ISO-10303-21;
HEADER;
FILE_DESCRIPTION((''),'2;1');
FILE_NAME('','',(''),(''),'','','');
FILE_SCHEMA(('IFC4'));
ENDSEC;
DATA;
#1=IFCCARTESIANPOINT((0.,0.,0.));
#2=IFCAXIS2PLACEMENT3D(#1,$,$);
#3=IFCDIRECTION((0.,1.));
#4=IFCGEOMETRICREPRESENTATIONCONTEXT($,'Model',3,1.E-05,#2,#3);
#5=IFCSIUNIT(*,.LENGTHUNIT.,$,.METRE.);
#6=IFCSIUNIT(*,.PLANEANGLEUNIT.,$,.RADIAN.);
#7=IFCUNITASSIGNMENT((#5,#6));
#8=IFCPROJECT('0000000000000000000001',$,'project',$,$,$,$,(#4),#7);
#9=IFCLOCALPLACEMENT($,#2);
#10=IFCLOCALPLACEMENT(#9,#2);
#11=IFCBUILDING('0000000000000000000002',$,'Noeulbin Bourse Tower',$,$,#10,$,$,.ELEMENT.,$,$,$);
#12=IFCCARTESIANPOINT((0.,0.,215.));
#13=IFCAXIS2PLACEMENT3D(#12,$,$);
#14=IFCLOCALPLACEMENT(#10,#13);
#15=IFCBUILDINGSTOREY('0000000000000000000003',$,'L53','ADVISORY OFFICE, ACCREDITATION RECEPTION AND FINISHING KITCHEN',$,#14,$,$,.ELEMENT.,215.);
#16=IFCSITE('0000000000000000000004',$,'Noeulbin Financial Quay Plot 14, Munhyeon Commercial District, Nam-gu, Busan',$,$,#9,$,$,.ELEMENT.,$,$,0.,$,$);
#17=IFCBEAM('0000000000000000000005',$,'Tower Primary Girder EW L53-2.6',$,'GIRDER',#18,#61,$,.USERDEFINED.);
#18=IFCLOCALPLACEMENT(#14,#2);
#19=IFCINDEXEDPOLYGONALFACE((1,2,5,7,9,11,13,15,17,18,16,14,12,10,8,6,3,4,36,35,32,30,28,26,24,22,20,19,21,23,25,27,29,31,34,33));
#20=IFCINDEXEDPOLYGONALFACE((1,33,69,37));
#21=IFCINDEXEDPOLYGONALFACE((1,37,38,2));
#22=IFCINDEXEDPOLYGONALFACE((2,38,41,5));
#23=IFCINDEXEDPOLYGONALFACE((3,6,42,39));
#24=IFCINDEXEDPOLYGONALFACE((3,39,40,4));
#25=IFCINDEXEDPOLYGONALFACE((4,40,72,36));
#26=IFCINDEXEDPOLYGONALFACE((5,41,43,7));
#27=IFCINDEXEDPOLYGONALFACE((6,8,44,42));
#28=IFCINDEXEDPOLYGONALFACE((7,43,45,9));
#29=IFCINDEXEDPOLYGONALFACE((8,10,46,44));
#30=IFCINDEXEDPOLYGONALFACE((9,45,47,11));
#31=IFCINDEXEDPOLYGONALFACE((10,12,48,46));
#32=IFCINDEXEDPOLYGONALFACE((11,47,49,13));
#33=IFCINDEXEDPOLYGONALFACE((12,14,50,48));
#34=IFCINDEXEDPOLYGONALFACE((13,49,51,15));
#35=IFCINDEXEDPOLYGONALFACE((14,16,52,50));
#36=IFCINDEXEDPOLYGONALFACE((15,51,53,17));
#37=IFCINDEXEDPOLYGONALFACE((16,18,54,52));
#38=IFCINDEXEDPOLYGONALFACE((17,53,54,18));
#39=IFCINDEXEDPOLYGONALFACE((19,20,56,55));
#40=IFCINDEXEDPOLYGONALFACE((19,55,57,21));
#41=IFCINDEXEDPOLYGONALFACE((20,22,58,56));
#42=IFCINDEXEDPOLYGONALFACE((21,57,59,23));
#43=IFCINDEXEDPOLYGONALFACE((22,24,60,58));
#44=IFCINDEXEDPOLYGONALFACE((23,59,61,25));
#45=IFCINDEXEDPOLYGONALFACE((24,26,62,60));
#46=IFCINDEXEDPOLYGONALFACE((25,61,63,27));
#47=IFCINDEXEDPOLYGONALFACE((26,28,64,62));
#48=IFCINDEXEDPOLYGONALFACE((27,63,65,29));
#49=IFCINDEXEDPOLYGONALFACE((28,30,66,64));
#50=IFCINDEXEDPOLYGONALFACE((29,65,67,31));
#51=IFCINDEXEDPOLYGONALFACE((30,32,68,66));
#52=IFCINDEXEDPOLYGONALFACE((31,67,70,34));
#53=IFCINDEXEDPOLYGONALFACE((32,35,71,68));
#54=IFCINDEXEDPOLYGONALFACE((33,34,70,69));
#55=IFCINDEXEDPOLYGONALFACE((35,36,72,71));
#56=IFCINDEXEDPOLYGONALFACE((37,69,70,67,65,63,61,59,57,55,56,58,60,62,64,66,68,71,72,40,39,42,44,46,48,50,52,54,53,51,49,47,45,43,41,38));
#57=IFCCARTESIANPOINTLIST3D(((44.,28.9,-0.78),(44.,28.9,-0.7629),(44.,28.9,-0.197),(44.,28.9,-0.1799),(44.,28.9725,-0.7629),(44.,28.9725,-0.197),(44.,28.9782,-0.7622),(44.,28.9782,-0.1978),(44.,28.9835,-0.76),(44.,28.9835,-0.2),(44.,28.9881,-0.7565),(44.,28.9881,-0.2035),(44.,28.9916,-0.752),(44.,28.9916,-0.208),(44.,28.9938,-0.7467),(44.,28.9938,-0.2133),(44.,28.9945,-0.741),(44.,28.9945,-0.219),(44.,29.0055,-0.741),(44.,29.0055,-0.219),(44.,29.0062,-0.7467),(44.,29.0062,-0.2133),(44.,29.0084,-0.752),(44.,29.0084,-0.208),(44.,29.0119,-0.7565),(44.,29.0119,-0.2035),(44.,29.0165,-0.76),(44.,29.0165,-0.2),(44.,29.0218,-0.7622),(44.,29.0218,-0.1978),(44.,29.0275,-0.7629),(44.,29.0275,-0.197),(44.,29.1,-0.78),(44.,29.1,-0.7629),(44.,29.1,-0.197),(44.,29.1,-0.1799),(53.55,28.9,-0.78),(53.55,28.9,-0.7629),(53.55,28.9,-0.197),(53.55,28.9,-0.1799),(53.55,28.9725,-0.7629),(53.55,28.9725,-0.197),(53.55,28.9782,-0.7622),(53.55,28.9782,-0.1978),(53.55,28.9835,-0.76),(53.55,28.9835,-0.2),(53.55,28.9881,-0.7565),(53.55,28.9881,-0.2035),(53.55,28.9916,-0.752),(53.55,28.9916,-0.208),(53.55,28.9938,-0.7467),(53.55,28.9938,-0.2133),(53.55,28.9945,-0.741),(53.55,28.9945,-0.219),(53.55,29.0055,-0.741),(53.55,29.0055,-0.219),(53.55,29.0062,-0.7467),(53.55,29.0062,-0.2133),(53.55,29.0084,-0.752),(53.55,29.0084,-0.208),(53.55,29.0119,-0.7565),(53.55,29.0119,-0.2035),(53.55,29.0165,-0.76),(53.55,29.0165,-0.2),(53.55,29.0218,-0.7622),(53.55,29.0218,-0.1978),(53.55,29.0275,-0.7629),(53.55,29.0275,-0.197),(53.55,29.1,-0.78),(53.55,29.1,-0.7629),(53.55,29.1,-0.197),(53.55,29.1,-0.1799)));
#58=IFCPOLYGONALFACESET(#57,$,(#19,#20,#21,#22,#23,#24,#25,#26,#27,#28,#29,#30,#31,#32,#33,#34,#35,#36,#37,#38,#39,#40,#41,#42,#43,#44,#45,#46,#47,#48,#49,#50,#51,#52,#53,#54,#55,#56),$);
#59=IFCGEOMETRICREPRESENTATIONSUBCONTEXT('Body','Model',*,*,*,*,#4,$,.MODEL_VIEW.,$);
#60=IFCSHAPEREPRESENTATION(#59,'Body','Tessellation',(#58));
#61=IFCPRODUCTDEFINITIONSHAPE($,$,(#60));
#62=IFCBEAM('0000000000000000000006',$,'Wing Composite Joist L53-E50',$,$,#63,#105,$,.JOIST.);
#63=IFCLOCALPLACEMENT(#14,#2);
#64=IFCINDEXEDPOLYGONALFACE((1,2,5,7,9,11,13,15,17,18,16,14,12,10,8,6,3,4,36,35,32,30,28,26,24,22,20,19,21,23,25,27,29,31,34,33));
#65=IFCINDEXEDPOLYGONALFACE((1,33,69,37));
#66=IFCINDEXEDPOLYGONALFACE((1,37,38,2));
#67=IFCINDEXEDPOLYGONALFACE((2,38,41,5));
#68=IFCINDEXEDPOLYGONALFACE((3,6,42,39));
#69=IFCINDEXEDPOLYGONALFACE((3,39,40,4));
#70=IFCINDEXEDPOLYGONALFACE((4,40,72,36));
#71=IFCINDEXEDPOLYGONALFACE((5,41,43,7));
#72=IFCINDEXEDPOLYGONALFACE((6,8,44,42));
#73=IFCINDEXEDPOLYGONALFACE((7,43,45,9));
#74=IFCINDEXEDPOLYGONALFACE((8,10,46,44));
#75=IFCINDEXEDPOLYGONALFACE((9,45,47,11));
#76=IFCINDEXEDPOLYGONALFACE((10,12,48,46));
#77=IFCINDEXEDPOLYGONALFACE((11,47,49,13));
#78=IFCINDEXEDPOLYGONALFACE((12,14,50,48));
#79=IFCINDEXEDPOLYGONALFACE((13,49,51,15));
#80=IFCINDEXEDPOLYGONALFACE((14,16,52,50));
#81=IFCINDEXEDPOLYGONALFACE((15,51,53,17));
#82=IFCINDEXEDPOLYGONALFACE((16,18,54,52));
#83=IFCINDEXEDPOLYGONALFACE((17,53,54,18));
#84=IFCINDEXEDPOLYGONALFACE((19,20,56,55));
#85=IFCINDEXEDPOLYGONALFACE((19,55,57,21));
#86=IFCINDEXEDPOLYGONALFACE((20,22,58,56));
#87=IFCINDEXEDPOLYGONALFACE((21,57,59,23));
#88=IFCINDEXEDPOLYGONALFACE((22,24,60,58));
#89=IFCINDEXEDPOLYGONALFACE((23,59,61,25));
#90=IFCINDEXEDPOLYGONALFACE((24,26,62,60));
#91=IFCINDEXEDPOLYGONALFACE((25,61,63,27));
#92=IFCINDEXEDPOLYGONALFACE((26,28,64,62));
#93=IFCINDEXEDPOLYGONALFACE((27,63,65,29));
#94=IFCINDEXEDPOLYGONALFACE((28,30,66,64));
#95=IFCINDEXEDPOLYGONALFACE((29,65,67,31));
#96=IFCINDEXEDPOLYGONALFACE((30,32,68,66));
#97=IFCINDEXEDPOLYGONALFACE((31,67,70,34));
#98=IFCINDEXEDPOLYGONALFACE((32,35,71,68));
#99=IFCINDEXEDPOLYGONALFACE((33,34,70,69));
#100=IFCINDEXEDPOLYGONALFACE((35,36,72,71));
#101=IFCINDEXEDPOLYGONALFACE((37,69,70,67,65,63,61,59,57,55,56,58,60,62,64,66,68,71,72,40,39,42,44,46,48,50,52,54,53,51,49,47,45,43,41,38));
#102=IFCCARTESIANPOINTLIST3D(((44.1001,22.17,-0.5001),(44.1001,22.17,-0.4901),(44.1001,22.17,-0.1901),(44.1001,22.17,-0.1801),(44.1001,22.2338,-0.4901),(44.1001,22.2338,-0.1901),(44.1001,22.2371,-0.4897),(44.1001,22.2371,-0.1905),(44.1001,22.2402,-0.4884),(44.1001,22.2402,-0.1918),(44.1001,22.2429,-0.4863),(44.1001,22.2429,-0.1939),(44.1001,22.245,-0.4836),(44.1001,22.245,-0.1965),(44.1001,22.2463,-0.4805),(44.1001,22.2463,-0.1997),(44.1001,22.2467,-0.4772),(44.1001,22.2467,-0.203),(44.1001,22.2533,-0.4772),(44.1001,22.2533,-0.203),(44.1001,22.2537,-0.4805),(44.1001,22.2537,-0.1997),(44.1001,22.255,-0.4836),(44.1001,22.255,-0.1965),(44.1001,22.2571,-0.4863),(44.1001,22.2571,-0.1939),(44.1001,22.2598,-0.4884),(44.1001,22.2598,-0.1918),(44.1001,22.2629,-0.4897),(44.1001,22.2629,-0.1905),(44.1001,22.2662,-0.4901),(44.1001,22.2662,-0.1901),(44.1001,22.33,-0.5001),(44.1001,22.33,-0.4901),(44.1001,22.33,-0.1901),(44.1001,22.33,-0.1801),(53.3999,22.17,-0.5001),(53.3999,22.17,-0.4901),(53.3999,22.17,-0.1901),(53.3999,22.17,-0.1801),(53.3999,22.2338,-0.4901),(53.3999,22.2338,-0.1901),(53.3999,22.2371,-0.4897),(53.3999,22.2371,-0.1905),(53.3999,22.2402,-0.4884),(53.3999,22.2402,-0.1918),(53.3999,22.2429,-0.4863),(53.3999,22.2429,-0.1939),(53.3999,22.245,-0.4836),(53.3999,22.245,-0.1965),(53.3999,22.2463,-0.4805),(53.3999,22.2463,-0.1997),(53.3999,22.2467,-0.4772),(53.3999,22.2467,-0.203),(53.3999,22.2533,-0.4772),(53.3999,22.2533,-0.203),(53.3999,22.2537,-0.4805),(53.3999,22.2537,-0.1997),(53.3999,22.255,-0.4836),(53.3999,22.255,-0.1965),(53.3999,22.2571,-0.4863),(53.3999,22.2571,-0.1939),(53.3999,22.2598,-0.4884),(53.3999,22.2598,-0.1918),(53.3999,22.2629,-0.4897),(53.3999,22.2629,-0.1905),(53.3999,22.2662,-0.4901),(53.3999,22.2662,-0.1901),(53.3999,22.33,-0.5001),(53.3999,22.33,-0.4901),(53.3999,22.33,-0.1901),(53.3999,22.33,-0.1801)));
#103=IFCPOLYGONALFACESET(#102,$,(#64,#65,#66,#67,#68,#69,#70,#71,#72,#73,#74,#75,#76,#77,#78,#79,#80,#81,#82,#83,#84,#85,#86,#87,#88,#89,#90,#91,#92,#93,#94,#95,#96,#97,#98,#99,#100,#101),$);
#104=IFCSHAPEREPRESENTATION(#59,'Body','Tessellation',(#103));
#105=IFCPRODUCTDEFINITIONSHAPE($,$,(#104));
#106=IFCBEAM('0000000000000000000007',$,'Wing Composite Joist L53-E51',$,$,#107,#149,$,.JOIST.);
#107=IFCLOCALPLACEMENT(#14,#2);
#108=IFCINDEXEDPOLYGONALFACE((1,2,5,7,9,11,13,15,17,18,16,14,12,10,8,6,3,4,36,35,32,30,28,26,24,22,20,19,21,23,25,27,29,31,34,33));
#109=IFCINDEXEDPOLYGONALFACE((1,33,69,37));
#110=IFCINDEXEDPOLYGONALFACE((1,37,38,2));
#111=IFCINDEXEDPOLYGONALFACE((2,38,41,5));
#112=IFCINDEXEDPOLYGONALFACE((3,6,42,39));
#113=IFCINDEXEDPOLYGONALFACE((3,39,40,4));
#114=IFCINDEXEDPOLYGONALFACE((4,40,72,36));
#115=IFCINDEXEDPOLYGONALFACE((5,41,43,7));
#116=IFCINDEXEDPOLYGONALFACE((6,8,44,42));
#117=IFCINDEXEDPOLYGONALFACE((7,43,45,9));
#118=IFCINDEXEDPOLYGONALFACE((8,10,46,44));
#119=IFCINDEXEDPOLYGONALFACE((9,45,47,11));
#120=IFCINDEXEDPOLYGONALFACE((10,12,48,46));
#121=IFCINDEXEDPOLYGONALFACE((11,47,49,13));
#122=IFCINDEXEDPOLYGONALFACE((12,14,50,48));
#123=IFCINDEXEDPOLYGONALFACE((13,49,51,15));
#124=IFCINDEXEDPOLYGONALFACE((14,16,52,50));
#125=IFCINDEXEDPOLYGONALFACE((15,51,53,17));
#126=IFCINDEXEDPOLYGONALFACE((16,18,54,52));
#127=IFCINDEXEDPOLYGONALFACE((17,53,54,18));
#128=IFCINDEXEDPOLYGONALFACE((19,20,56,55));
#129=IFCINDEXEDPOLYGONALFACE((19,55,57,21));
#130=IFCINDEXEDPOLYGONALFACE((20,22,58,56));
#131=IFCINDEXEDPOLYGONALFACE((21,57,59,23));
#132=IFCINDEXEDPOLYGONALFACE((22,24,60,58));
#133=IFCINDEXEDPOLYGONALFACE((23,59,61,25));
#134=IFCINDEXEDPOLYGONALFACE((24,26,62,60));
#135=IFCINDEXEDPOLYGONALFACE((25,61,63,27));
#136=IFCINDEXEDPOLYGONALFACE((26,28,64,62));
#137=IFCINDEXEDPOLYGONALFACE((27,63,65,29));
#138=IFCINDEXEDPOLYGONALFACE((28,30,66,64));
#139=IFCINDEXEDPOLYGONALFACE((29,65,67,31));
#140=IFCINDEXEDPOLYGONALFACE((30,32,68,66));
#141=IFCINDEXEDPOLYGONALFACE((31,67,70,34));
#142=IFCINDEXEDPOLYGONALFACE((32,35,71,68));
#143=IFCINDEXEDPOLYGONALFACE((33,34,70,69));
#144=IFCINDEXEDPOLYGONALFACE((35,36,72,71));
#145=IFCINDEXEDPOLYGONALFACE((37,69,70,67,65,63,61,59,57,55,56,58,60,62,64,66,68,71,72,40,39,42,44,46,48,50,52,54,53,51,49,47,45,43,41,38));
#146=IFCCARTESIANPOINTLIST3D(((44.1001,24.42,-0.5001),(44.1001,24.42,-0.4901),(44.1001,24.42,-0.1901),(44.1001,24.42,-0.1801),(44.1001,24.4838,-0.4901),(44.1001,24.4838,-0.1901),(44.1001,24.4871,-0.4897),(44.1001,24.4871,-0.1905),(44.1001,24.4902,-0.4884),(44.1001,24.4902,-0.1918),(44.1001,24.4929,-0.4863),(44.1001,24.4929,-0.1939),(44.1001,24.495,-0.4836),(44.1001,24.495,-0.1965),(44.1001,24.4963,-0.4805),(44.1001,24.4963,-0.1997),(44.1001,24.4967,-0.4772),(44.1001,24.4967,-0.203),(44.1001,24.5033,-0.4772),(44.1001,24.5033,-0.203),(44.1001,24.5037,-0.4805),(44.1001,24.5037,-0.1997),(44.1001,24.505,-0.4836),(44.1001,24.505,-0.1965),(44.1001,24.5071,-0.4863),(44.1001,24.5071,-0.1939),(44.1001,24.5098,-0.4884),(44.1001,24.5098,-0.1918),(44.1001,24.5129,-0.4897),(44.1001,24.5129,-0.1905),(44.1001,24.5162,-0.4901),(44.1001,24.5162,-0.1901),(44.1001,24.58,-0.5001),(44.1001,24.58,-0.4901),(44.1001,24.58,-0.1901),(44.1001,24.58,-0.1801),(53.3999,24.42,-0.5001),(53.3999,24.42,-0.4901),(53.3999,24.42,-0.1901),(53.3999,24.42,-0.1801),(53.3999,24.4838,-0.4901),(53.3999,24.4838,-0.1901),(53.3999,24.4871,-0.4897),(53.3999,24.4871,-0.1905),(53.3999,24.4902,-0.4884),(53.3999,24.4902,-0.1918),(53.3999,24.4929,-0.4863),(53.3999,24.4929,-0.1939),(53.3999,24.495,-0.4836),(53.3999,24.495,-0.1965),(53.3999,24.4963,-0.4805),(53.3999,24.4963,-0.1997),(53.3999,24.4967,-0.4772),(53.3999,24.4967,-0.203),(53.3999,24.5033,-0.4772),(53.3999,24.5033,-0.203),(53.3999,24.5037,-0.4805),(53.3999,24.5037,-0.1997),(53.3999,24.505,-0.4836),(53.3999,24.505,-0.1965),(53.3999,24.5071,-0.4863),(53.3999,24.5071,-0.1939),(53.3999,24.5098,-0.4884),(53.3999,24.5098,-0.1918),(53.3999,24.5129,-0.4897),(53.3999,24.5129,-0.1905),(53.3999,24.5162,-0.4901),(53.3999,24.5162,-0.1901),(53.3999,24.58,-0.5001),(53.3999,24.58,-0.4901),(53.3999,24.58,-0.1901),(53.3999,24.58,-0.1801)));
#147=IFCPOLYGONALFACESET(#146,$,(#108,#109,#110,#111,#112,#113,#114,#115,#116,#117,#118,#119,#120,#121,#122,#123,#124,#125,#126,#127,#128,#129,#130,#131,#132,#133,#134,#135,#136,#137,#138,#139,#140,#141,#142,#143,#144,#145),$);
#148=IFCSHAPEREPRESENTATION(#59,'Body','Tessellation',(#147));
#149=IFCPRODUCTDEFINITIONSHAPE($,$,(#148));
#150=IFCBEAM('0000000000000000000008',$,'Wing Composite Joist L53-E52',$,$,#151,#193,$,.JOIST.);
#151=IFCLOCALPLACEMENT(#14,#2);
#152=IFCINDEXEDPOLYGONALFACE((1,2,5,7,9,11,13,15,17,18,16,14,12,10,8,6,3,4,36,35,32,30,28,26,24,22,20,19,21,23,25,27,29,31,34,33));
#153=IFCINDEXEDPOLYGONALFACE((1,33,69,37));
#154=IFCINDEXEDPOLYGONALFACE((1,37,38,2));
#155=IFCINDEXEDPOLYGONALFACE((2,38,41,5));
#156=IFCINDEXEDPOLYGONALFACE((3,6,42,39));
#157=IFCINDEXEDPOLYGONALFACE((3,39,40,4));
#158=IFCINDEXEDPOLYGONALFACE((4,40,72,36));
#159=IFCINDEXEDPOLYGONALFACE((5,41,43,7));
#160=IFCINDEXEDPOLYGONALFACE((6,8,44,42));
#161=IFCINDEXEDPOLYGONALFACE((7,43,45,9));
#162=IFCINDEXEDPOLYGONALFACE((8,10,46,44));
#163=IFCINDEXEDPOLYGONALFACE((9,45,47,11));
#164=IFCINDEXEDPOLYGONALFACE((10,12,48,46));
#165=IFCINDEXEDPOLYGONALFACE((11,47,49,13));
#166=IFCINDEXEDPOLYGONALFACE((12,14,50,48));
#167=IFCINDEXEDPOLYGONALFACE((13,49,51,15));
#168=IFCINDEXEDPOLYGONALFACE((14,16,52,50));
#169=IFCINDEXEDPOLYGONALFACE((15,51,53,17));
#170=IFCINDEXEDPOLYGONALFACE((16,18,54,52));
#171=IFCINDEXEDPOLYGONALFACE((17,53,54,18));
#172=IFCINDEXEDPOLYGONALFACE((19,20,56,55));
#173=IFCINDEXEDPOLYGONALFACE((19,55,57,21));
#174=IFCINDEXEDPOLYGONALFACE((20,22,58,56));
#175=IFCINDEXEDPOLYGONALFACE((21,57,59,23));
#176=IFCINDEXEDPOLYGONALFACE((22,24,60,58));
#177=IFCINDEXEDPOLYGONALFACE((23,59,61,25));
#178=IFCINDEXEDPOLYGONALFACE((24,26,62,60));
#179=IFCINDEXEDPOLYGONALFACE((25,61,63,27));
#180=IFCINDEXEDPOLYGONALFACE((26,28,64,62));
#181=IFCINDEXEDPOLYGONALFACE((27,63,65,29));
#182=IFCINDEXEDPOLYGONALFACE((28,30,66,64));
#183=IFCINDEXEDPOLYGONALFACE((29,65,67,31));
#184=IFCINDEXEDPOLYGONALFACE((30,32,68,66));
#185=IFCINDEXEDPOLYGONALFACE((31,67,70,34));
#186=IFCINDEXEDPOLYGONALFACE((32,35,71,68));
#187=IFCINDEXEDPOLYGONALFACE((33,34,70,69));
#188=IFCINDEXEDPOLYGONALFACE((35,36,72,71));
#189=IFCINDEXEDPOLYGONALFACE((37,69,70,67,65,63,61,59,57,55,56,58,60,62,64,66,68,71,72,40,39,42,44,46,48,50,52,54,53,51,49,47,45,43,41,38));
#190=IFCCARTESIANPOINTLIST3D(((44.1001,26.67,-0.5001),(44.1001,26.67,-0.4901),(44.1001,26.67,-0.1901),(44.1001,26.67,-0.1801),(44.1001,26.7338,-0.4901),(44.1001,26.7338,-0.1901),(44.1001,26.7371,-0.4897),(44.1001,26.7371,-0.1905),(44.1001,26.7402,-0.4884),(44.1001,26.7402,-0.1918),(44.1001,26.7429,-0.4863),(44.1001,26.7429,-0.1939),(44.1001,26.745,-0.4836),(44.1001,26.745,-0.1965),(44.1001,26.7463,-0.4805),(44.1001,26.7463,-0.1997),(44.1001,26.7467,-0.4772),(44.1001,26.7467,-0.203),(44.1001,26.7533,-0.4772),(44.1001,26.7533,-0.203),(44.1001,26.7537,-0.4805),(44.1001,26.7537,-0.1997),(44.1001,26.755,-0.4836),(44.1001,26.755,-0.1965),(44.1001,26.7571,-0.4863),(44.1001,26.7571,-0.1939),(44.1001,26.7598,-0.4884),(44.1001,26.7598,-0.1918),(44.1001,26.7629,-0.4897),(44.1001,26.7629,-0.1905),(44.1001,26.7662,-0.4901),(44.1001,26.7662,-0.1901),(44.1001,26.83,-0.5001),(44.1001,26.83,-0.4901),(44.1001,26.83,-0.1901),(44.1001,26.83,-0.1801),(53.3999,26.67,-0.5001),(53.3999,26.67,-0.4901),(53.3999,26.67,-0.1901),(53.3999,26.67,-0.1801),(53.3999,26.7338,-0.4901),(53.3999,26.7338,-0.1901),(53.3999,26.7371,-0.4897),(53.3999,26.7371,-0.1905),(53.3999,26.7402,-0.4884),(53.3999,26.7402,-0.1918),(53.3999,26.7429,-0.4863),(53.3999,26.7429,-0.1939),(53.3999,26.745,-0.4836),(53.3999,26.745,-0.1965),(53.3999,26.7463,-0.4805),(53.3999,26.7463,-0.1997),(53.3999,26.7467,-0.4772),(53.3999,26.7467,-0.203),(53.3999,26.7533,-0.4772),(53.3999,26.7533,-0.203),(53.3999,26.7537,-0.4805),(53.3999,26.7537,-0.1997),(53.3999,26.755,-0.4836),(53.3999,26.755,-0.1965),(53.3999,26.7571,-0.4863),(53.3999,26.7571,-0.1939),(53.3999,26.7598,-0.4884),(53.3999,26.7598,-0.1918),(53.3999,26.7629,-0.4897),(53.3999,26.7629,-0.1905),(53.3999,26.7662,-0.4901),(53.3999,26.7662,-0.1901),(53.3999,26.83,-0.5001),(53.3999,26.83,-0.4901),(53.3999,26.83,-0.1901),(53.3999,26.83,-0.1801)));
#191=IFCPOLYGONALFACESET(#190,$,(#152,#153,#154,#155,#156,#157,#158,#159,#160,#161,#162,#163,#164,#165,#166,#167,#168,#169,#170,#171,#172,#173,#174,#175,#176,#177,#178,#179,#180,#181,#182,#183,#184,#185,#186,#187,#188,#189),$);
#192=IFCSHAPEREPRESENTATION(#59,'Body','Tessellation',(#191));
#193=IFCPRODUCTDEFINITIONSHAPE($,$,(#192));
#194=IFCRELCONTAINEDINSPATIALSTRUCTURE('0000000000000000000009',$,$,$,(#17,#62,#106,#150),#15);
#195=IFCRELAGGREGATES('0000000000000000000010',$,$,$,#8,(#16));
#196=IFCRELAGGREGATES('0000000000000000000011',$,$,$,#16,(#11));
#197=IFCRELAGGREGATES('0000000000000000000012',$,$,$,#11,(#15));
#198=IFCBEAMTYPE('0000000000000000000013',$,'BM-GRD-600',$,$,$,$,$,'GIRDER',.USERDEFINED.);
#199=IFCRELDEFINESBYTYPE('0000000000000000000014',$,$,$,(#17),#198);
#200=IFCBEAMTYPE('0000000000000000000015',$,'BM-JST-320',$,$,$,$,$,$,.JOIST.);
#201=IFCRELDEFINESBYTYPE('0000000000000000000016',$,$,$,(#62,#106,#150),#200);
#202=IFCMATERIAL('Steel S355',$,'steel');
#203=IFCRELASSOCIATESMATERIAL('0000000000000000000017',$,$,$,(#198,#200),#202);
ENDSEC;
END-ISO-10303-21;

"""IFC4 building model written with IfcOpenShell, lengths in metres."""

from ifc_helpers import new_model, si_unit, direction, frame, origin, origin_2d, place, context, subcontext, project, spatial, i_section, extrude, material, material_profile, profile_set, type_object, element, save


model = new_model("IFC4")

# Units and contexts
model_context = context("Model", 3, precision=1e-05, world=origin(), true_north=direction((0.0, 1.0)))
body_context = subcontext(model_context, "Body", "Model", "MODEL_VIEW")
ifc_project = project(units=[si_unit("LENGTHUNIT", "METRE"), si_unit("PLANEANGLEUNIT", "RADIAN")], contexts=[model_context])

# Site, building, storey
site_placement = place(None, origin())
site = spatial("IfcSite", under=ifc_project, at=site_placement, Name="Noeulbin Financial Quay Plot 14, Munhyeon Commercial District, Nam-gu, Busan", CompositionType="ELEMENT", RefElevation=0.0)
building_placement = place(site_placement, origin())
building = spatial("IfcBuilding", under=site, at=building_placement, Name="Noeulbin Bourse Tower", CompositionType="ELEMENT")
storey_placement = place(building_placement, frame((0.0, 0.0, 215.0)))
storey = spatial("IfcBuildingStorey", under=building, at=storey_placement, Name="L53", Description="ADVISORY OFFICE, ACCREDITATION RECEPTION AND FINISHING KITCHEN", CompositionType="ELEMENT", Elevation=215.0)

# Shared definitions
ifc_material_1 = material(Name="Steel S355", Category="steel")

# Beams
ifc_material_profile_1 = material_profile(ifc_material_1, i_section(OverallWidth=0.2, OverallDepth=0.6001, WebThickness=0.011, FlangeThickness=0.0171, FilletRadius=0.022, at=origin_2d()), Name="H-600x200x11x17", Category="LoadBearing")
ifc_profile_set_1 = profile_set([ifc_material_profile_1], Name="Steel S355")
beam_type_1 = type_object("IfcBeamType", Name="BM-GRD-600", ElementType="GIRDER", PredefinedType="USERDEFINED", material=ifc_profile_set_1)
beam_1_placement = place(storey_placement, frame((44.0, 29.0, -0.48), z_axis=(1.0, 0.0, 0.0), x_axis=(0.0, 1.0, 0.0)))
element("IfcBeam", 1, at=beam_1_placement, inside=storey, type_object=beam_type_1, Name="Tower Primary Girder EW L53-2.6", ObjectType="GIRDER", PredefinedType="USERDEFINED", context=body_context, shape_type="SweptSolid", body=[
    extrude(i_section(OverallWidth=0.2, OverallDepth=0.6001, WebThickness=0.011, FlangeThickness=0.0171, FilletRadius=0.022, at=origin_2d()), origin(), (0.0, 0.0, 1.0), 9.55),
])
ifc_material_profile_2 = material_profile(ifc_material_1, i_section(OverallWidth=0.1599, OverallDepth=0.3201, WebThickness=0.0066, FlangeThickness=0.01, FilletRadius=0.0129, at=origin_2d()), Name="H-320x160x6.5x10", Category="LoadBearing")
ifc_profile_set_2 = profile_set([ifc_material_profile_2], Name="Steel S355")
beam_type_2 = type_object("IfcBeamType", Name="BM-JST-320", PredefinedType="JOIST", material=ifc_profile_set_2)
for number, where, z_axis, x_axis, name in (
    (2, (44.1001, 22.25, -0.3401), (1.0, 0.0, 0.0), (0.0, 1.0, 0.0), "Wing Composite Joist L53-E50"),
    (3, (44.1001, 24.5, -0.3401), (1.0, 0.0, 0.0), (0.0, 1.0, 0.0), "Wing Composite Joist L53-E51"),
    (4, (44.1001, 26.75, -0.3401), (1.0, 0.0, 0.0), (0.0, 1.0, 0.0), "Wing Composite Joist L53-E52"),
):
    element("IfcBeam", number, at=place(storey_placement, frame(where, z_axis=z_axis, x_axis=x_axis)), inside=storey, type_object=beam_type_2, Name=name, PredefinedType="JOIST", context=body_context, shape_type="SweptSolid", body=[
        extrude(i_section(OverallWidth=0.1599, OverallDepth=0.3201, WebThickness=0.0066, FlangeThickness=0.01, FilletRadius=0.0129, at=origin_2d()), origin(), (0.0, 0.0, 1.0), 9.2998),
    ])

save(model, "model.ifc")
